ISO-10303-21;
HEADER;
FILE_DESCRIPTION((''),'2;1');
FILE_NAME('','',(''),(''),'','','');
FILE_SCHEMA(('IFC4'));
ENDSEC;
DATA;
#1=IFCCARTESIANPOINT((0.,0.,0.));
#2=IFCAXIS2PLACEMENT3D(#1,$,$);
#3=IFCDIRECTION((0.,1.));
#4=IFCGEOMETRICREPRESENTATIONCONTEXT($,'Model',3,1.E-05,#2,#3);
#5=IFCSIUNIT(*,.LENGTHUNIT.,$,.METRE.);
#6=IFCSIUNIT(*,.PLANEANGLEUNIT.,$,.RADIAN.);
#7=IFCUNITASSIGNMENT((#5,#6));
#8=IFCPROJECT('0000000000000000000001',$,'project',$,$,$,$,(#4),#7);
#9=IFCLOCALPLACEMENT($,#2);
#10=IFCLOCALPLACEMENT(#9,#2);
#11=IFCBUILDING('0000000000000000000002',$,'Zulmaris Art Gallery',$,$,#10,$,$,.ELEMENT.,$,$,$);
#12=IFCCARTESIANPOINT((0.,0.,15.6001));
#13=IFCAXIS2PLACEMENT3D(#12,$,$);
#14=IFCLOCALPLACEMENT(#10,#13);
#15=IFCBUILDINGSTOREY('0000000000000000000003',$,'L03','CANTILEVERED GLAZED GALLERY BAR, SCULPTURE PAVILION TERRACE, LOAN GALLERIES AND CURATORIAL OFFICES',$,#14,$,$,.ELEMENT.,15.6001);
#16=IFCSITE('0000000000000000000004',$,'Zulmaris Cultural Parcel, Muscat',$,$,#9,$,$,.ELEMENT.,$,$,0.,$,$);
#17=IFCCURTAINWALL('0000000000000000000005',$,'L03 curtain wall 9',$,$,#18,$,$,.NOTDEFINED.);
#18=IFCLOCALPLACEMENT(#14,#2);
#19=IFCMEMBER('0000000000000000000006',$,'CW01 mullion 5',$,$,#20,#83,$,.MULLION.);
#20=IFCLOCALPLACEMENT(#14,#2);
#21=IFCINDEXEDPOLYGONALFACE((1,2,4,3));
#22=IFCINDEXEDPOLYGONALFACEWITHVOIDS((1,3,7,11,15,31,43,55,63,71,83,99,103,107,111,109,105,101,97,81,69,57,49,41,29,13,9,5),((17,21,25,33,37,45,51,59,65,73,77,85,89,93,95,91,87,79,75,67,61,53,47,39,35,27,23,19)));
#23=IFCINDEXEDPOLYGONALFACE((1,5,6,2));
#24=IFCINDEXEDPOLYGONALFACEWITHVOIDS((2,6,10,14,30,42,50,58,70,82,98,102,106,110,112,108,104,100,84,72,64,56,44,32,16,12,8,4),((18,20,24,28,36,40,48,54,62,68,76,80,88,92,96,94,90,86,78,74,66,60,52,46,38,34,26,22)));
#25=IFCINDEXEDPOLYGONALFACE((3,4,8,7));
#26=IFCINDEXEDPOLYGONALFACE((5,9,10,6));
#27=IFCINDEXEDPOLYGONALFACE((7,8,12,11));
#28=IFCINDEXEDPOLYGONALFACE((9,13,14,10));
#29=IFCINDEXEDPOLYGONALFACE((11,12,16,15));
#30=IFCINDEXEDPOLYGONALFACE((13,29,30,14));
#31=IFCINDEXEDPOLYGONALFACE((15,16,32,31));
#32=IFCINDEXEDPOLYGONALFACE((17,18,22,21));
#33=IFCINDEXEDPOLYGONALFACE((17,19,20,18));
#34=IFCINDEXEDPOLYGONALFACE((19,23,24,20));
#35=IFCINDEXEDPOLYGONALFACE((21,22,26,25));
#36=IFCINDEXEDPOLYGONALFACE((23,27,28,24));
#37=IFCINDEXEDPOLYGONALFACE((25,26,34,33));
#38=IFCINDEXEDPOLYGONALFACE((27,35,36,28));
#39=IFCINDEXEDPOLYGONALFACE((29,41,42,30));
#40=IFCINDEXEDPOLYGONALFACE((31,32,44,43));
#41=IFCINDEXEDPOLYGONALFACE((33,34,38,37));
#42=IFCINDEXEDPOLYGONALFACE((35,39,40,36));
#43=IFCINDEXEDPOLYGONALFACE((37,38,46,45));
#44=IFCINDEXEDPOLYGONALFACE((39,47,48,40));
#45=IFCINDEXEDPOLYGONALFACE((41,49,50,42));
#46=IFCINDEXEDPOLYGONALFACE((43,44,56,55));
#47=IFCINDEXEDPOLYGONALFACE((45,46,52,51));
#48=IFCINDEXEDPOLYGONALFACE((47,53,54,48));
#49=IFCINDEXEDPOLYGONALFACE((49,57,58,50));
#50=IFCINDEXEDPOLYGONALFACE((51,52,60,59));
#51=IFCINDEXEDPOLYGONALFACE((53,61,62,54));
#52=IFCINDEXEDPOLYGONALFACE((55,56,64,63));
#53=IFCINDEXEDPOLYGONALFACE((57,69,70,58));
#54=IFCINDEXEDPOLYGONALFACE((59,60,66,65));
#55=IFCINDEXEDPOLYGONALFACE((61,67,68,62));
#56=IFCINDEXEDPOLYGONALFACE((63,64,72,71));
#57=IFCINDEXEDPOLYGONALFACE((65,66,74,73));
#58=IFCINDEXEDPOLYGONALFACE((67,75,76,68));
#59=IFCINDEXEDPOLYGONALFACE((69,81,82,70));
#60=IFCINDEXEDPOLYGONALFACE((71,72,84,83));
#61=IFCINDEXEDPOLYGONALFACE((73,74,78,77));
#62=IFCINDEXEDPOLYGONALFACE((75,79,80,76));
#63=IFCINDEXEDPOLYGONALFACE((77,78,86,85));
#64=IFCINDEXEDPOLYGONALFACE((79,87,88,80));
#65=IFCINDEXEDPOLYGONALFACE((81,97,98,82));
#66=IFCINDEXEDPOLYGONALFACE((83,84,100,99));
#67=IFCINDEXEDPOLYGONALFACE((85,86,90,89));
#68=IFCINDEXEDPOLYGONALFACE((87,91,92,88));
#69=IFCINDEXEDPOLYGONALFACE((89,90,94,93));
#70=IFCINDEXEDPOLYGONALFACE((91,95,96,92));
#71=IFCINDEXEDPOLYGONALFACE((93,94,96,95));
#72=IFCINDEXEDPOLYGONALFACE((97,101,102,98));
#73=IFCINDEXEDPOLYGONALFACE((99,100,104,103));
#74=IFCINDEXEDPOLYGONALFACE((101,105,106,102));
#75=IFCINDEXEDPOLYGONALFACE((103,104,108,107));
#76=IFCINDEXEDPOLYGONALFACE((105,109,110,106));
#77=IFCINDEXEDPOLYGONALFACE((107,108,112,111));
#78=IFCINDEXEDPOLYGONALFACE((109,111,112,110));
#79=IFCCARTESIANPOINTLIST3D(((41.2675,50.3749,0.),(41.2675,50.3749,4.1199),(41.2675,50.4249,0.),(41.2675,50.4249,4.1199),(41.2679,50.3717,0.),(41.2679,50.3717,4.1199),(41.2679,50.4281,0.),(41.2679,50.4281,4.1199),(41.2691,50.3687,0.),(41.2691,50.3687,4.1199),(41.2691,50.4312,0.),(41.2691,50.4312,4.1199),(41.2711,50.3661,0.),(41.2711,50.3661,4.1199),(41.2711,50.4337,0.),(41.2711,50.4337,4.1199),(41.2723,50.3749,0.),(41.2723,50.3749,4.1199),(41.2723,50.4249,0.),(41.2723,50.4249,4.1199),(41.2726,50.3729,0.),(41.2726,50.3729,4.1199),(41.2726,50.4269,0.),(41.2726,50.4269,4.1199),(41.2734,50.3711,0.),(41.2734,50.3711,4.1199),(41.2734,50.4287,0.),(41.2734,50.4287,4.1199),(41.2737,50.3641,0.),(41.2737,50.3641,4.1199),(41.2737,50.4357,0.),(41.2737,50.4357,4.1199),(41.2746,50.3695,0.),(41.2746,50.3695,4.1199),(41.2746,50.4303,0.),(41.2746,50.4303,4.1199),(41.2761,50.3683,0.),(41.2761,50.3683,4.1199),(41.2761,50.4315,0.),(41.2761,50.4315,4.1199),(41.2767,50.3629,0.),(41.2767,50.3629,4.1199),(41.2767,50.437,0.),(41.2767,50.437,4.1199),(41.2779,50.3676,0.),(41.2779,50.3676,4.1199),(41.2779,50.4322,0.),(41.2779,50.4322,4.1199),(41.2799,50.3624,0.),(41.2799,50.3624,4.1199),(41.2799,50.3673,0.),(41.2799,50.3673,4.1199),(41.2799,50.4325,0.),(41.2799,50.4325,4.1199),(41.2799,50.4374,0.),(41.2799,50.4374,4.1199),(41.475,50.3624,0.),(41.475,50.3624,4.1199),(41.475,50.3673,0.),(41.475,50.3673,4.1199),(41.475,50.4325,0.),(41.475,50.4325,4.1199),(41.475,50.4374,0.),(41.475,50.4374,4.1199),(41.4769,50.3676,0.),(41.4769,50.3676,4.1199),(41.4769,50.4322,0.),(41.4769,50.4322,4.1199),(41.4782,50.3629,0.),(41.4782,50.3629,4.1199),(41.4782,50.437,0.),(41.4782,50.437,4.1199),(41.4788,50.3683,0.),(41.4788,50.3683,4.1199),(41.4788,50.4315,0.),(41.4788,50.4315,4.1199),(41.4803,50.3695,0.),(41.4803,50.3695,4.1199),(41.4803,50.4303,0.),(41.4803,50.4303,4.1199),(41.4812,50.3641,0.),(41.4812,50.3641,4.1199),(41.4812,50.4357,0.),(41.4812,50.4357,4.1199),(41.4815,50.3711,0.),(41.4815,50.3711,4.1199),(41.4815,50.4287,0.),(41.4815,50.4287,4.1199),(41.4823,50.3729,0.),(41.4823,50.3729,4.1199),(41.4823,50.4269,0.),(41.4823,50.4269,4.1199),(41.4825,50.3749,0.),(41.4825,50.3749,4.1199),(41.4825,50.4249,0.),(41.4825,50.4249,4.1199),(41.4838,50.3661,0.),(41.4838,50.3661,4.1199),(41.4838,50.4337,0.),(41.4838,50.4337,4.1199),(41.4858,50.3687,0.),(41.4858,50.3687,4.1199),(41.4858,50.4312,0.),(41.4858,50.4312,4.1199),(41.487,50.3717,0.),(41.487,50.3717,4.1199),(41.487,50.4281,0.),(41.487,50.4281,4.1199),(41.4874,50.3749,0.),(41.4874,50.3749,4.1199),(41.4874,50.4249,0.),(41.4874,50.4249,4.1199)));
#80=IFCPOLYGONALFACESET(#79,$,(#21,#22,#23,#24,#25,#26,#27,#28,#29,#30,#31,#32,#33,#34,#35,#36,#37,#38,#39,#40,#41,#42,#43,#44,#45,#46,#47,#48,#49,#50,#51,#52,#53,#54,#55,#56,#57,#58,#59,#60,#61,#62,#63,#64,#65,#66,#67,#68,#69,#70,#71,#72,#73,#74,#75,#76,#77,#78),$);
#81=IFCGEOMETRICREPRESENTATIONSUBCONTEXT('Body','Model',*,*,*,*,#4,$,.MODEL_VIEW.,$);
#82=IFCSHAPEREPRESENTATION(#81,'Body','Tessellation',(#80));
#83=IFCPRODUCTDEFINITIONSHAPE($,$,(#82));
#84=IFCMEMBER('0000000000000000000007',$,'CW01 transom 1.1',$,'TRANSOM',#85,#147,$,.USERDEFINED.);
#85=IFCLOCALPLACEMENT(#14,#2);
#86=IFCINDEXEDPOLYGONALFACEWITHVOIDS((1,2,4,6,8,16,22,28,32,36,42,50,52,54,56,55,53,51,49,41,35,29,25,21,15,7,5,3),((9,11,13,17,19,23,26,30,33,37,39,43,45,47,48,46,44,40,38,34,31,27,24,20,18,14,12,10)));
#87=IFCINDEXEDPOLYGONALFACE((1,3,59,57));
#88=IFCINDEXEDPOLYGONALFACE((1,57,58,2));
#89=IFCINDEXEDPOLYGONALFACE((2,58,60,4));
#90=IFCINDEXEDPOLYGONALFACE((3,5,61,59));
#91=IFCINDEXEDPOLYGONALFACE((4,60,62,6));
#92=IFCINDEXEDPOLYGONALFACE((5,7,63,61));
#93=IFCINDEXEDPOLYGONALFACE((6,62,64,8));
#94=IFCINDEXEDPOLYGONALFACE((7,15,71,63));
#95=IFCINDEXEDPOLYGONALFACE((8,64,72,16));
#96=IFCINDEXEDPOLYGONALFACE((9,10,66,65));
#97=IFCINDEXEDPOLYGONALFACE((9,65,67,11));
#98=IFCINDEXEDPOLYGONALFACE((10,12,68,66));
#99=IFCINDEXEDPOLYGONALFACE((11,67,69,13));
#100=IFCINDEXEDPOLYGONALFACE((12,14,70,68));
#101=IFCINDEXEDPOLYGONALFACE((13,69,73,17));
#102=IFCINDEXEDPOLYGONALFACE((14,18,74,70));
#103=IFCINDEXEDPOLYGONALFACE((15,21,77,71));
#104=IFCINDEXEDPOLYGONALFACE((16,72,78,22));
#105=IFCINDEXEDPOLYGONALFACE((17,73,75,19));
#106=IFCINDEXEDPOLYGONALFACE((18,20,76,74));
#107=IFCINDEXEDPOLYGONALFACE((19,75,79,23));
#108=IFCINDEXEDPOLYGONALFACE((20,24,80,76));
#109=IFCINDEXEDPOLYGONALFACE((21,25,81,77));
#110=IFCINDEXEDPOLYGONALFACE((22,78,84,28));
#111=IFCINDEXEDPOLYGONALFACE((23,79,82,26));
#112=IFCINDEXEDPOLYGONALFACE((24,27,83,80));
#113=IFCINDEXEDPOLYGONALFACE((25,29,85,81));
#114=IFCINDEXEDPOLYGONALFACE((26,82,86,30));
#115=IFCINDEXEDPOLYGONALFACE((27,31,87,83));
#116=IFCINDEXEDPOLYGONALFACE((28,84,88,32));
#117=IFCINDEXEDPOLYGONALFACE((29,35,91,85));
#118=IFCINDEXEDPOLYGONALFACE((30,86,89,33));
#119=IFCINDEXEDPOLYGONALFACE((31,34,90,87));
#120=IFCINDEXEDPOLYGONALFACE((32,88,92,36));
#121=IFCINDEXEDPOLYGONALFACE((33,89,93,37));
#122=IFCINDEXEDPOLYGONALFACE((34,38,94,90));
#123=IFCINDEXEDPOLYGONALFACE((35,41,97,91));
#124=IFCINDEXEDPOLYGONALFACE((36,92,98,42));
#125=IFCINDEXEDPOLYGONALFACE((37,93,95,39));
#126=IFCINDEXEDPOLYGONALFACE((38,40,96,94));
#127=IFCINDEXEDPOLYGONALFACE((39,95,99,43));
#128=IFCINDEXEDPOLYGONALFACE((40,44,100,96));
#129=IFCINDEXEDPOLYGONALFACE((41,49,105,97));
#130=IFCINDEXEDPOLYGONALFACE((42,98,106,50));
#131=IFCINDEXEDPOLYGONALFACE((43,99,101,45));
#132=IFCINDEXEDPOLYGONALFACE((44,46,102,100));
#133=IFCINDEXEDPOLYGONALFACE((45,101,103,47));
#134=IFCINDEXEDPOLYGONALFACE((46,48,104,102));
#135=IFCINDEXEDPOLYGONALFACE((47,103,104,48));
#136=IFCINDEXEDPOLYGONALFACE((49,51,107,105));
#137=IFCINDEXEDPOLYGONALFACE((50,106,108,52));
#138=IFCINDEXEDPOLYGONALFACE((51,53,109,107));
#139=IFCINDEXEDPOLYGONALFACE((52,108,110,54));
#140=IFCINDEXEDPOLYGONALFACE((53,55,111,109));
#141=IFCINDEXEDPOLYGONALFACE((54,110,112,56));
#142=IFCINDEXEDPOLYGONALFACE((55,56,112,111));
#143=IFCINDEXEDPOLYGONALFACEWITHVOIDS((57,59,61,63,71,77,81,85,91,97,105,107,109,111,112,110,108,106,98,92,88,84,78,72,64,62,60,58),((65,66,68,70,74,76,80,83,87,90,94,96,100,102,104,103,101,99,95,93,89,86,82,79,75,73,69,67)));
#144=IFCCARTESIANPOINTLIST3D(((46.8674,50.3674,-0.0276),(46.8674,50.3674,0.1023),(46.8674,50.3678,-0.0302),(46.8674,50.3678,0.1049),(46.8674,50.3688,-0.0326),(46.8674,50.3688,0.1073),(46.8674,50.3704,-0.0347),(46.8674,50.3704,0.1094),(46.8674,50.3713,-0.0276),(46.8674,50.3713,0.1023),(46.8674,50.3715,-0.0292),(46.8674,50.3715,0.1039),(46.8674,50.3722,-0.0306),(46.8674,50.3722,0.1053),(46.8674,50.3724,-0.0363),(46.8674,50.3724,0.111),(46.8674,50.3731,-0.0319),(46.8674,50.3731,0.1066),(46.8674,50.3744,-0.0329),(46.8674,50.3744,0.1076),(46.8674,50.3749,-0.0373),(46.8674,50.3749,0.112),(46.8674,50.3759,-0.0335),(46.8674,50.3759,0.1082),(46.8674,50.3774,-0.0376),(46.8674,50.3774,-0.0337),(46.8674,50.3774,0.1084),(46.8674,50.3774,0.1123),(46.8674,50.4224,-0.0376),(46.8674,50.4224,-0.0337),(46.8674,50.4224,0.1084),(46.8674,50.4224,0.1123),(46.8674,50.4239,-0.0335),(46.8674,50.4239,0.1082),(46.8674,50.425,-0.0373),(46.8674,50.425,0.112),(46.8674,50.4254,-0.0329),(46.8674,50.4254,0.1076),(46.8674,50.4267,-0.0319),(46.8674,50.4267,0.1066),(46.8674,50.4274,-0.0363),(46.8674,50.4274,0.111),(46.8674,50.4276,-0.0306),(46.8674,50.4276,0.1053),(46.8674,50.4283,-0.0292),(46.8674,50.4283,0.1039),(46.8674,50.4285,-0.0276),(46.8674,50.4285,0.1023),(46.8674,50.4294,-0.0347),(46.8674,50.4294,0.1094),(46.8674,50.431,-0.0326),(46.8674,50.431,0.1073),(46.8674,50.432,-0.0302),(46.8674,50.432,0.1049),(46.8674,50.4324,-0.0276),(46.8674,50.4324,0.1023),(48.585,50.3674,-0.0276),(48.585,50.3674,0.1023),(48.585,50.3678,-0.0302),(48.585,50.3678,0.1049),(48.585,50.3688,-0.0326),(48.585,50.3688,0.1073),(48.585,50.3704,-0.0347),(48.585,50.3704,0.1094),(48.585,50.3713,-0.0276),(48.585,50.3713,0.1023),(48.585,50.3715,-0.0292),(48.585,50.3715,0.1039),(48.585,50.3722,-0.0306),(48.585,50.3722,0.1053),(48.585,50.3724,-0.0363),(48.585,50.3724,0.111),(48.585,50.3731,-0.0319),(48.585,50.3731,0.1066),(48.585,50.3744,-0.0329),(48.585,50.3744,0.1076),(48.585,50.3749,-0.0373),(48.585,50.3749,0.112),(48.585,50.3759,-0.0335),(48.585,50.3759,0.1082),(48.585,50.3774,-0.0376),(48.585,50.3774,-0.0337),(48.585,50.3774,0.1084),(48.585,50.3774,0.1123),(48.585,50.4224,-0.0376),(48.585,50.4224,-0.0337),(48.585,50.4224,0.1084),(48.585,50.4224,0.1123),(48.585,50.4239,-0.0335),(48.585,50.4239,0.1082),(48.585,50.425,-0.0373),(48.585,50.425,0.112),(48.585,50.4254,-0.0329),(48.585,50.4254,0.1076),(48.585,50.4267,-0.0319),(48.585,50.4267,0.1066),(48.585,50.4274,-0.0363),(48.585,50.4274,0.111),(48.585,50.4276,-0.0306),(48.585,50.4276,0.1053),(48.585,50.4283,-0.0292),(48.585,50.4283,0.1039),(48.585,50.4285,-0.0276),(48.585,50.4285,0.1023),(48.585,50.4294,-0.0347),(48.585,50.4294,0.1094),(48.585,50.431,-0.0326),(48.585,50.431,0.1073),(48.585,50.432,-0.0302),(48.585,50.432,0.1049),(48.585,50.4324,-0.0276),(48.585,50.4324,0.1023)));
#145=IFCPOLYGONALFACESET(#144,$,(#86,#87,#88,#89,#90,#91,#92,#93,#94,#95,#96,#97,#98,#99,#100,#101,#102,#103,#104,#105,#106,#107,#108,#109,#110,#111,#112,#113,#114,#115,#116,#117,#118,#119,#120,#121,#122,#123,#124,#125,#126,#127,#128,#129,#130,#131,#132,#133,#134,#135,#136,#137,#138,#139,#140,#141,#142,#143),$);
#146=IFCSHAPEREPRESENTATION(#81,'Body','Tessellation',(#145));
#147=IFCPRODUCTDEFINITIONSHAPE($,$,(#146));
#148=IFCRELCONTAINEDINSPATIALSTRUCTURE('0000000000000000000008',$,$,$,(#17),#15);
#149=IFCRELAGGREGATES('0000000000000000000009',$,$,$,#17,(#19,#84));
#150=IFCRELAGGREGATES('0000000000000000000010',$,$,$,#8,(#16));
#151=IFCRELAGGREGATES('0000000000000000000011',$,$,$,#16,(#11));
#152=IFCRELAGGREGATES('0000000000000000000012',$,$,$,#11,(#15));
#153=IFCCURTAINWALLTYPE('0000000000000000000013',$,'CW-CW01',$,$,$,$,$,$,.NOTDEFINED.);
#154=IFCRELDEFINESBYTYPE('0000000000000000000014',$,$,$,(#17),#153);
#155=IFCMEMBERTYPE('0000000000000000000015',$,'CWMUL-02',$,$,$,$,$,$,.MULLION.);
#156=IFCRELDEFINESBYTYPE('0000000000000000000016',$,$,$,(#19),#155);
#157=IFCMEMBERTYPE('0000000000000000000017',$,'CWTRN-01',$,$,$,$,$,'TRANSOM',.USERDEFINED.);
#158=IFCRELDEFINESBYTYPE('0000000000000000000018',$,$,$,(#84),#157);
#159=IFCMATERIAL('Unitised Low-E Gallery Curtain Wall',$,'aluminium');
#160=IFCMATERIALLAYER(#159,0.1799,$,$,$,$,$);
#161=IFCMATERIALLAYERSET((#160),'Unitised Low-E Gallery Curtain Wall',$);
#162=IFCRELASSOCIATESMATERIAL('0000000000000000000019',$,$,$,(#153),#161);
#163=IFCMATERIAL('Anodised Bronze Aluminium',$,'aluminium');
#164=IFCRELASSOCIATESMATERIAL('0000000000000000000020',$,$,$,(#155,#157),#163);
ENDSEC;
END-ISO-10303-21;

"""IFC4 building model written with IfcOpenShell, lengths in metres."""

from ifc_helpers import new_model, si_unit, direction, frame, origin, origin_2d, place, context, subcontext, project, spatial, hollow_rectangle, extrude, material, layer, layer_set, material_profile, profile_set, type_object, element, aggregate, save


model = new_model("IFC4")

# Units and contexts
model_context = context("Model", 3, precision=1e-05, world=origin(), true_north=direction((0.0, 1.0)))
body_context = subcontext(model_context, "Body", "Model", "MODEL_VIEW")
ifc_project = project(units=[si_unit("LENGTHUNIT", "METRE"), si_unit("PLANEANGLEUNIT", "RADIAN")], contexts=[model_context])

# Site, building, storey
site_placement = place(None, origin())
site = spatial("IfcSite", under=ifc_project, at=site_placement, Name="Zulmaris Cultural Parcel, Muscat", CompositionType="ELEMENT", RefElevation=0.0)
building_placement = place(site_placement, origin())
building = spatial("IfcBuilding", under=site, at=building_placement, Name="Zulmaris Art Gallery", CompositionType="ELEMENT")
storey_placement = place(building_placement, frame((0.0, 0.0, 15.6001)))
storey = spatial("IfcBuildingStorey", under=building, at=storey_placement, Name="L03", Description="CANTILEVERED GLAZED GALLERY BAR, SCULPTURE PAVILION TERRACE, LOAN GALLERIES AND CURATORIAL OFFICES", CompositionType="ELEMENT", Elevation=15.6001)

# Shared definitions
ifc_material_1 = material(Name="Unitised Low-E Gallery Curtain Wall", Category="aluminium")
ifc_layer_1 = layer(ifc_material_1, 0.1799)
ifc_layer_set_1 = layer_set([ifc_layer_1], Name="Unitised Low-E Gallery Curtain Wall")
curtain_wall_type = type_object("IfcCurtainWallType", Name="CW-CW01", PredefinedType="NOTDEFINED", material=ifc_layer_set_1)
ifc_material_2 = material(Name="Anodised Bronze Aluminium", Category="aluminium")
ifc_material_profile_1 = material_profile(ifc_material_2, hollow_rectangle(XDim=0.075, YDim=0.22, WallThickness=0.0049, InnerFilletRadius=0.0076, OuterFilletRadius=0.0125, at=origin_2d()), Name="ALU 75x220x5")
ifc_profile_set_1 = profile_set([ifc_material_profile_1], Name="Anodised Bronze Aluminium")
member_type_1 = type_object("IfcMemberType", Name="CWMUL-02", PredefinedType="MULLION", material=ifc_profile_set_1)

# Curtain wall, members
curtain_wall_1_placement = place(storey_placement, origin())
curtain_wall_1 = element("IfcCurtainWall", 1, at=curtain_wall_1_placement, inside=storey, type_object=curtain_wall_type, Name="L03 curtain wall 9", PredefinedType="NOTDEFINED")
member_1_placement = place(storey_placement, frame((41.3774, 50.3999, 0.0), z_axis=(0.0, 0.0, 1.0), x_axis=(0.0, -1.0, 0.0)))
member_1 = element("IfcMember", 2, at=member_1_placement, type_object=member_type_1, Name="CW01 mullion 5", PredefinedType="MULLION", context=body_context, shape_type="SweptSolid", body=[
    extrude(hollow_rectangle(XDim=0.075, YDim=0.22, WallThickness=0.0049, InnerFilletRadius=0.0076, OuterFilletRadius=0.0125, at=origin_2d()), origin(), (0.0, 0.0, 1.0), 4.1199),
])
ifc_material_profile_2 = material_profile(ifc_material_2, hollow_rectangle(XDim=0.0649, YDim=0.1499, WallThickness=0.0039, InnerFilletRadius=0.0061, OuterFilletRadius=0.01, at=origin_2d()), Name="ALU 65x150x4")
ifc_profile_set_2 = profile_set([ifc_material_profile_2], Name="Anodised Bronze Aluminium")
member_type_2 = type_object("IfcMemberType", Name="CWTRN-01", ElementType="TRANSOM", PredefinedType="USERDEFINED", material=ifc_profile_set_2)
member_2_placement = place(storey_placement, frame((48.585, 50.3999, 0.0374), z_axis=(-1.0, 0.0, 0.0), x_axis=(0.0, -1.0, 0.0)))
member_2 = element("IfcMember", 3, at=member_2_placement, type_object=member_type_2, Name="CW01 transom 1.1", ObjectType="TRANSOM", PredefinedType="USERDEFINED", context=body_context, shape_type="SweptSolid", body=[
    extrude(hollow_rectangle(XDim=0.0649, YDim=0.1499, WallThickness=0.0039, InnerFilletRadius=0.0061, OuterFilletRadius=0.01, at=origin_2d()), origin(), (0.0, 0.0, 1.0), 1.7175),
])

aggregate(curtain_wall_1, [member_1, member_2])

save(model, "model.ifc")
